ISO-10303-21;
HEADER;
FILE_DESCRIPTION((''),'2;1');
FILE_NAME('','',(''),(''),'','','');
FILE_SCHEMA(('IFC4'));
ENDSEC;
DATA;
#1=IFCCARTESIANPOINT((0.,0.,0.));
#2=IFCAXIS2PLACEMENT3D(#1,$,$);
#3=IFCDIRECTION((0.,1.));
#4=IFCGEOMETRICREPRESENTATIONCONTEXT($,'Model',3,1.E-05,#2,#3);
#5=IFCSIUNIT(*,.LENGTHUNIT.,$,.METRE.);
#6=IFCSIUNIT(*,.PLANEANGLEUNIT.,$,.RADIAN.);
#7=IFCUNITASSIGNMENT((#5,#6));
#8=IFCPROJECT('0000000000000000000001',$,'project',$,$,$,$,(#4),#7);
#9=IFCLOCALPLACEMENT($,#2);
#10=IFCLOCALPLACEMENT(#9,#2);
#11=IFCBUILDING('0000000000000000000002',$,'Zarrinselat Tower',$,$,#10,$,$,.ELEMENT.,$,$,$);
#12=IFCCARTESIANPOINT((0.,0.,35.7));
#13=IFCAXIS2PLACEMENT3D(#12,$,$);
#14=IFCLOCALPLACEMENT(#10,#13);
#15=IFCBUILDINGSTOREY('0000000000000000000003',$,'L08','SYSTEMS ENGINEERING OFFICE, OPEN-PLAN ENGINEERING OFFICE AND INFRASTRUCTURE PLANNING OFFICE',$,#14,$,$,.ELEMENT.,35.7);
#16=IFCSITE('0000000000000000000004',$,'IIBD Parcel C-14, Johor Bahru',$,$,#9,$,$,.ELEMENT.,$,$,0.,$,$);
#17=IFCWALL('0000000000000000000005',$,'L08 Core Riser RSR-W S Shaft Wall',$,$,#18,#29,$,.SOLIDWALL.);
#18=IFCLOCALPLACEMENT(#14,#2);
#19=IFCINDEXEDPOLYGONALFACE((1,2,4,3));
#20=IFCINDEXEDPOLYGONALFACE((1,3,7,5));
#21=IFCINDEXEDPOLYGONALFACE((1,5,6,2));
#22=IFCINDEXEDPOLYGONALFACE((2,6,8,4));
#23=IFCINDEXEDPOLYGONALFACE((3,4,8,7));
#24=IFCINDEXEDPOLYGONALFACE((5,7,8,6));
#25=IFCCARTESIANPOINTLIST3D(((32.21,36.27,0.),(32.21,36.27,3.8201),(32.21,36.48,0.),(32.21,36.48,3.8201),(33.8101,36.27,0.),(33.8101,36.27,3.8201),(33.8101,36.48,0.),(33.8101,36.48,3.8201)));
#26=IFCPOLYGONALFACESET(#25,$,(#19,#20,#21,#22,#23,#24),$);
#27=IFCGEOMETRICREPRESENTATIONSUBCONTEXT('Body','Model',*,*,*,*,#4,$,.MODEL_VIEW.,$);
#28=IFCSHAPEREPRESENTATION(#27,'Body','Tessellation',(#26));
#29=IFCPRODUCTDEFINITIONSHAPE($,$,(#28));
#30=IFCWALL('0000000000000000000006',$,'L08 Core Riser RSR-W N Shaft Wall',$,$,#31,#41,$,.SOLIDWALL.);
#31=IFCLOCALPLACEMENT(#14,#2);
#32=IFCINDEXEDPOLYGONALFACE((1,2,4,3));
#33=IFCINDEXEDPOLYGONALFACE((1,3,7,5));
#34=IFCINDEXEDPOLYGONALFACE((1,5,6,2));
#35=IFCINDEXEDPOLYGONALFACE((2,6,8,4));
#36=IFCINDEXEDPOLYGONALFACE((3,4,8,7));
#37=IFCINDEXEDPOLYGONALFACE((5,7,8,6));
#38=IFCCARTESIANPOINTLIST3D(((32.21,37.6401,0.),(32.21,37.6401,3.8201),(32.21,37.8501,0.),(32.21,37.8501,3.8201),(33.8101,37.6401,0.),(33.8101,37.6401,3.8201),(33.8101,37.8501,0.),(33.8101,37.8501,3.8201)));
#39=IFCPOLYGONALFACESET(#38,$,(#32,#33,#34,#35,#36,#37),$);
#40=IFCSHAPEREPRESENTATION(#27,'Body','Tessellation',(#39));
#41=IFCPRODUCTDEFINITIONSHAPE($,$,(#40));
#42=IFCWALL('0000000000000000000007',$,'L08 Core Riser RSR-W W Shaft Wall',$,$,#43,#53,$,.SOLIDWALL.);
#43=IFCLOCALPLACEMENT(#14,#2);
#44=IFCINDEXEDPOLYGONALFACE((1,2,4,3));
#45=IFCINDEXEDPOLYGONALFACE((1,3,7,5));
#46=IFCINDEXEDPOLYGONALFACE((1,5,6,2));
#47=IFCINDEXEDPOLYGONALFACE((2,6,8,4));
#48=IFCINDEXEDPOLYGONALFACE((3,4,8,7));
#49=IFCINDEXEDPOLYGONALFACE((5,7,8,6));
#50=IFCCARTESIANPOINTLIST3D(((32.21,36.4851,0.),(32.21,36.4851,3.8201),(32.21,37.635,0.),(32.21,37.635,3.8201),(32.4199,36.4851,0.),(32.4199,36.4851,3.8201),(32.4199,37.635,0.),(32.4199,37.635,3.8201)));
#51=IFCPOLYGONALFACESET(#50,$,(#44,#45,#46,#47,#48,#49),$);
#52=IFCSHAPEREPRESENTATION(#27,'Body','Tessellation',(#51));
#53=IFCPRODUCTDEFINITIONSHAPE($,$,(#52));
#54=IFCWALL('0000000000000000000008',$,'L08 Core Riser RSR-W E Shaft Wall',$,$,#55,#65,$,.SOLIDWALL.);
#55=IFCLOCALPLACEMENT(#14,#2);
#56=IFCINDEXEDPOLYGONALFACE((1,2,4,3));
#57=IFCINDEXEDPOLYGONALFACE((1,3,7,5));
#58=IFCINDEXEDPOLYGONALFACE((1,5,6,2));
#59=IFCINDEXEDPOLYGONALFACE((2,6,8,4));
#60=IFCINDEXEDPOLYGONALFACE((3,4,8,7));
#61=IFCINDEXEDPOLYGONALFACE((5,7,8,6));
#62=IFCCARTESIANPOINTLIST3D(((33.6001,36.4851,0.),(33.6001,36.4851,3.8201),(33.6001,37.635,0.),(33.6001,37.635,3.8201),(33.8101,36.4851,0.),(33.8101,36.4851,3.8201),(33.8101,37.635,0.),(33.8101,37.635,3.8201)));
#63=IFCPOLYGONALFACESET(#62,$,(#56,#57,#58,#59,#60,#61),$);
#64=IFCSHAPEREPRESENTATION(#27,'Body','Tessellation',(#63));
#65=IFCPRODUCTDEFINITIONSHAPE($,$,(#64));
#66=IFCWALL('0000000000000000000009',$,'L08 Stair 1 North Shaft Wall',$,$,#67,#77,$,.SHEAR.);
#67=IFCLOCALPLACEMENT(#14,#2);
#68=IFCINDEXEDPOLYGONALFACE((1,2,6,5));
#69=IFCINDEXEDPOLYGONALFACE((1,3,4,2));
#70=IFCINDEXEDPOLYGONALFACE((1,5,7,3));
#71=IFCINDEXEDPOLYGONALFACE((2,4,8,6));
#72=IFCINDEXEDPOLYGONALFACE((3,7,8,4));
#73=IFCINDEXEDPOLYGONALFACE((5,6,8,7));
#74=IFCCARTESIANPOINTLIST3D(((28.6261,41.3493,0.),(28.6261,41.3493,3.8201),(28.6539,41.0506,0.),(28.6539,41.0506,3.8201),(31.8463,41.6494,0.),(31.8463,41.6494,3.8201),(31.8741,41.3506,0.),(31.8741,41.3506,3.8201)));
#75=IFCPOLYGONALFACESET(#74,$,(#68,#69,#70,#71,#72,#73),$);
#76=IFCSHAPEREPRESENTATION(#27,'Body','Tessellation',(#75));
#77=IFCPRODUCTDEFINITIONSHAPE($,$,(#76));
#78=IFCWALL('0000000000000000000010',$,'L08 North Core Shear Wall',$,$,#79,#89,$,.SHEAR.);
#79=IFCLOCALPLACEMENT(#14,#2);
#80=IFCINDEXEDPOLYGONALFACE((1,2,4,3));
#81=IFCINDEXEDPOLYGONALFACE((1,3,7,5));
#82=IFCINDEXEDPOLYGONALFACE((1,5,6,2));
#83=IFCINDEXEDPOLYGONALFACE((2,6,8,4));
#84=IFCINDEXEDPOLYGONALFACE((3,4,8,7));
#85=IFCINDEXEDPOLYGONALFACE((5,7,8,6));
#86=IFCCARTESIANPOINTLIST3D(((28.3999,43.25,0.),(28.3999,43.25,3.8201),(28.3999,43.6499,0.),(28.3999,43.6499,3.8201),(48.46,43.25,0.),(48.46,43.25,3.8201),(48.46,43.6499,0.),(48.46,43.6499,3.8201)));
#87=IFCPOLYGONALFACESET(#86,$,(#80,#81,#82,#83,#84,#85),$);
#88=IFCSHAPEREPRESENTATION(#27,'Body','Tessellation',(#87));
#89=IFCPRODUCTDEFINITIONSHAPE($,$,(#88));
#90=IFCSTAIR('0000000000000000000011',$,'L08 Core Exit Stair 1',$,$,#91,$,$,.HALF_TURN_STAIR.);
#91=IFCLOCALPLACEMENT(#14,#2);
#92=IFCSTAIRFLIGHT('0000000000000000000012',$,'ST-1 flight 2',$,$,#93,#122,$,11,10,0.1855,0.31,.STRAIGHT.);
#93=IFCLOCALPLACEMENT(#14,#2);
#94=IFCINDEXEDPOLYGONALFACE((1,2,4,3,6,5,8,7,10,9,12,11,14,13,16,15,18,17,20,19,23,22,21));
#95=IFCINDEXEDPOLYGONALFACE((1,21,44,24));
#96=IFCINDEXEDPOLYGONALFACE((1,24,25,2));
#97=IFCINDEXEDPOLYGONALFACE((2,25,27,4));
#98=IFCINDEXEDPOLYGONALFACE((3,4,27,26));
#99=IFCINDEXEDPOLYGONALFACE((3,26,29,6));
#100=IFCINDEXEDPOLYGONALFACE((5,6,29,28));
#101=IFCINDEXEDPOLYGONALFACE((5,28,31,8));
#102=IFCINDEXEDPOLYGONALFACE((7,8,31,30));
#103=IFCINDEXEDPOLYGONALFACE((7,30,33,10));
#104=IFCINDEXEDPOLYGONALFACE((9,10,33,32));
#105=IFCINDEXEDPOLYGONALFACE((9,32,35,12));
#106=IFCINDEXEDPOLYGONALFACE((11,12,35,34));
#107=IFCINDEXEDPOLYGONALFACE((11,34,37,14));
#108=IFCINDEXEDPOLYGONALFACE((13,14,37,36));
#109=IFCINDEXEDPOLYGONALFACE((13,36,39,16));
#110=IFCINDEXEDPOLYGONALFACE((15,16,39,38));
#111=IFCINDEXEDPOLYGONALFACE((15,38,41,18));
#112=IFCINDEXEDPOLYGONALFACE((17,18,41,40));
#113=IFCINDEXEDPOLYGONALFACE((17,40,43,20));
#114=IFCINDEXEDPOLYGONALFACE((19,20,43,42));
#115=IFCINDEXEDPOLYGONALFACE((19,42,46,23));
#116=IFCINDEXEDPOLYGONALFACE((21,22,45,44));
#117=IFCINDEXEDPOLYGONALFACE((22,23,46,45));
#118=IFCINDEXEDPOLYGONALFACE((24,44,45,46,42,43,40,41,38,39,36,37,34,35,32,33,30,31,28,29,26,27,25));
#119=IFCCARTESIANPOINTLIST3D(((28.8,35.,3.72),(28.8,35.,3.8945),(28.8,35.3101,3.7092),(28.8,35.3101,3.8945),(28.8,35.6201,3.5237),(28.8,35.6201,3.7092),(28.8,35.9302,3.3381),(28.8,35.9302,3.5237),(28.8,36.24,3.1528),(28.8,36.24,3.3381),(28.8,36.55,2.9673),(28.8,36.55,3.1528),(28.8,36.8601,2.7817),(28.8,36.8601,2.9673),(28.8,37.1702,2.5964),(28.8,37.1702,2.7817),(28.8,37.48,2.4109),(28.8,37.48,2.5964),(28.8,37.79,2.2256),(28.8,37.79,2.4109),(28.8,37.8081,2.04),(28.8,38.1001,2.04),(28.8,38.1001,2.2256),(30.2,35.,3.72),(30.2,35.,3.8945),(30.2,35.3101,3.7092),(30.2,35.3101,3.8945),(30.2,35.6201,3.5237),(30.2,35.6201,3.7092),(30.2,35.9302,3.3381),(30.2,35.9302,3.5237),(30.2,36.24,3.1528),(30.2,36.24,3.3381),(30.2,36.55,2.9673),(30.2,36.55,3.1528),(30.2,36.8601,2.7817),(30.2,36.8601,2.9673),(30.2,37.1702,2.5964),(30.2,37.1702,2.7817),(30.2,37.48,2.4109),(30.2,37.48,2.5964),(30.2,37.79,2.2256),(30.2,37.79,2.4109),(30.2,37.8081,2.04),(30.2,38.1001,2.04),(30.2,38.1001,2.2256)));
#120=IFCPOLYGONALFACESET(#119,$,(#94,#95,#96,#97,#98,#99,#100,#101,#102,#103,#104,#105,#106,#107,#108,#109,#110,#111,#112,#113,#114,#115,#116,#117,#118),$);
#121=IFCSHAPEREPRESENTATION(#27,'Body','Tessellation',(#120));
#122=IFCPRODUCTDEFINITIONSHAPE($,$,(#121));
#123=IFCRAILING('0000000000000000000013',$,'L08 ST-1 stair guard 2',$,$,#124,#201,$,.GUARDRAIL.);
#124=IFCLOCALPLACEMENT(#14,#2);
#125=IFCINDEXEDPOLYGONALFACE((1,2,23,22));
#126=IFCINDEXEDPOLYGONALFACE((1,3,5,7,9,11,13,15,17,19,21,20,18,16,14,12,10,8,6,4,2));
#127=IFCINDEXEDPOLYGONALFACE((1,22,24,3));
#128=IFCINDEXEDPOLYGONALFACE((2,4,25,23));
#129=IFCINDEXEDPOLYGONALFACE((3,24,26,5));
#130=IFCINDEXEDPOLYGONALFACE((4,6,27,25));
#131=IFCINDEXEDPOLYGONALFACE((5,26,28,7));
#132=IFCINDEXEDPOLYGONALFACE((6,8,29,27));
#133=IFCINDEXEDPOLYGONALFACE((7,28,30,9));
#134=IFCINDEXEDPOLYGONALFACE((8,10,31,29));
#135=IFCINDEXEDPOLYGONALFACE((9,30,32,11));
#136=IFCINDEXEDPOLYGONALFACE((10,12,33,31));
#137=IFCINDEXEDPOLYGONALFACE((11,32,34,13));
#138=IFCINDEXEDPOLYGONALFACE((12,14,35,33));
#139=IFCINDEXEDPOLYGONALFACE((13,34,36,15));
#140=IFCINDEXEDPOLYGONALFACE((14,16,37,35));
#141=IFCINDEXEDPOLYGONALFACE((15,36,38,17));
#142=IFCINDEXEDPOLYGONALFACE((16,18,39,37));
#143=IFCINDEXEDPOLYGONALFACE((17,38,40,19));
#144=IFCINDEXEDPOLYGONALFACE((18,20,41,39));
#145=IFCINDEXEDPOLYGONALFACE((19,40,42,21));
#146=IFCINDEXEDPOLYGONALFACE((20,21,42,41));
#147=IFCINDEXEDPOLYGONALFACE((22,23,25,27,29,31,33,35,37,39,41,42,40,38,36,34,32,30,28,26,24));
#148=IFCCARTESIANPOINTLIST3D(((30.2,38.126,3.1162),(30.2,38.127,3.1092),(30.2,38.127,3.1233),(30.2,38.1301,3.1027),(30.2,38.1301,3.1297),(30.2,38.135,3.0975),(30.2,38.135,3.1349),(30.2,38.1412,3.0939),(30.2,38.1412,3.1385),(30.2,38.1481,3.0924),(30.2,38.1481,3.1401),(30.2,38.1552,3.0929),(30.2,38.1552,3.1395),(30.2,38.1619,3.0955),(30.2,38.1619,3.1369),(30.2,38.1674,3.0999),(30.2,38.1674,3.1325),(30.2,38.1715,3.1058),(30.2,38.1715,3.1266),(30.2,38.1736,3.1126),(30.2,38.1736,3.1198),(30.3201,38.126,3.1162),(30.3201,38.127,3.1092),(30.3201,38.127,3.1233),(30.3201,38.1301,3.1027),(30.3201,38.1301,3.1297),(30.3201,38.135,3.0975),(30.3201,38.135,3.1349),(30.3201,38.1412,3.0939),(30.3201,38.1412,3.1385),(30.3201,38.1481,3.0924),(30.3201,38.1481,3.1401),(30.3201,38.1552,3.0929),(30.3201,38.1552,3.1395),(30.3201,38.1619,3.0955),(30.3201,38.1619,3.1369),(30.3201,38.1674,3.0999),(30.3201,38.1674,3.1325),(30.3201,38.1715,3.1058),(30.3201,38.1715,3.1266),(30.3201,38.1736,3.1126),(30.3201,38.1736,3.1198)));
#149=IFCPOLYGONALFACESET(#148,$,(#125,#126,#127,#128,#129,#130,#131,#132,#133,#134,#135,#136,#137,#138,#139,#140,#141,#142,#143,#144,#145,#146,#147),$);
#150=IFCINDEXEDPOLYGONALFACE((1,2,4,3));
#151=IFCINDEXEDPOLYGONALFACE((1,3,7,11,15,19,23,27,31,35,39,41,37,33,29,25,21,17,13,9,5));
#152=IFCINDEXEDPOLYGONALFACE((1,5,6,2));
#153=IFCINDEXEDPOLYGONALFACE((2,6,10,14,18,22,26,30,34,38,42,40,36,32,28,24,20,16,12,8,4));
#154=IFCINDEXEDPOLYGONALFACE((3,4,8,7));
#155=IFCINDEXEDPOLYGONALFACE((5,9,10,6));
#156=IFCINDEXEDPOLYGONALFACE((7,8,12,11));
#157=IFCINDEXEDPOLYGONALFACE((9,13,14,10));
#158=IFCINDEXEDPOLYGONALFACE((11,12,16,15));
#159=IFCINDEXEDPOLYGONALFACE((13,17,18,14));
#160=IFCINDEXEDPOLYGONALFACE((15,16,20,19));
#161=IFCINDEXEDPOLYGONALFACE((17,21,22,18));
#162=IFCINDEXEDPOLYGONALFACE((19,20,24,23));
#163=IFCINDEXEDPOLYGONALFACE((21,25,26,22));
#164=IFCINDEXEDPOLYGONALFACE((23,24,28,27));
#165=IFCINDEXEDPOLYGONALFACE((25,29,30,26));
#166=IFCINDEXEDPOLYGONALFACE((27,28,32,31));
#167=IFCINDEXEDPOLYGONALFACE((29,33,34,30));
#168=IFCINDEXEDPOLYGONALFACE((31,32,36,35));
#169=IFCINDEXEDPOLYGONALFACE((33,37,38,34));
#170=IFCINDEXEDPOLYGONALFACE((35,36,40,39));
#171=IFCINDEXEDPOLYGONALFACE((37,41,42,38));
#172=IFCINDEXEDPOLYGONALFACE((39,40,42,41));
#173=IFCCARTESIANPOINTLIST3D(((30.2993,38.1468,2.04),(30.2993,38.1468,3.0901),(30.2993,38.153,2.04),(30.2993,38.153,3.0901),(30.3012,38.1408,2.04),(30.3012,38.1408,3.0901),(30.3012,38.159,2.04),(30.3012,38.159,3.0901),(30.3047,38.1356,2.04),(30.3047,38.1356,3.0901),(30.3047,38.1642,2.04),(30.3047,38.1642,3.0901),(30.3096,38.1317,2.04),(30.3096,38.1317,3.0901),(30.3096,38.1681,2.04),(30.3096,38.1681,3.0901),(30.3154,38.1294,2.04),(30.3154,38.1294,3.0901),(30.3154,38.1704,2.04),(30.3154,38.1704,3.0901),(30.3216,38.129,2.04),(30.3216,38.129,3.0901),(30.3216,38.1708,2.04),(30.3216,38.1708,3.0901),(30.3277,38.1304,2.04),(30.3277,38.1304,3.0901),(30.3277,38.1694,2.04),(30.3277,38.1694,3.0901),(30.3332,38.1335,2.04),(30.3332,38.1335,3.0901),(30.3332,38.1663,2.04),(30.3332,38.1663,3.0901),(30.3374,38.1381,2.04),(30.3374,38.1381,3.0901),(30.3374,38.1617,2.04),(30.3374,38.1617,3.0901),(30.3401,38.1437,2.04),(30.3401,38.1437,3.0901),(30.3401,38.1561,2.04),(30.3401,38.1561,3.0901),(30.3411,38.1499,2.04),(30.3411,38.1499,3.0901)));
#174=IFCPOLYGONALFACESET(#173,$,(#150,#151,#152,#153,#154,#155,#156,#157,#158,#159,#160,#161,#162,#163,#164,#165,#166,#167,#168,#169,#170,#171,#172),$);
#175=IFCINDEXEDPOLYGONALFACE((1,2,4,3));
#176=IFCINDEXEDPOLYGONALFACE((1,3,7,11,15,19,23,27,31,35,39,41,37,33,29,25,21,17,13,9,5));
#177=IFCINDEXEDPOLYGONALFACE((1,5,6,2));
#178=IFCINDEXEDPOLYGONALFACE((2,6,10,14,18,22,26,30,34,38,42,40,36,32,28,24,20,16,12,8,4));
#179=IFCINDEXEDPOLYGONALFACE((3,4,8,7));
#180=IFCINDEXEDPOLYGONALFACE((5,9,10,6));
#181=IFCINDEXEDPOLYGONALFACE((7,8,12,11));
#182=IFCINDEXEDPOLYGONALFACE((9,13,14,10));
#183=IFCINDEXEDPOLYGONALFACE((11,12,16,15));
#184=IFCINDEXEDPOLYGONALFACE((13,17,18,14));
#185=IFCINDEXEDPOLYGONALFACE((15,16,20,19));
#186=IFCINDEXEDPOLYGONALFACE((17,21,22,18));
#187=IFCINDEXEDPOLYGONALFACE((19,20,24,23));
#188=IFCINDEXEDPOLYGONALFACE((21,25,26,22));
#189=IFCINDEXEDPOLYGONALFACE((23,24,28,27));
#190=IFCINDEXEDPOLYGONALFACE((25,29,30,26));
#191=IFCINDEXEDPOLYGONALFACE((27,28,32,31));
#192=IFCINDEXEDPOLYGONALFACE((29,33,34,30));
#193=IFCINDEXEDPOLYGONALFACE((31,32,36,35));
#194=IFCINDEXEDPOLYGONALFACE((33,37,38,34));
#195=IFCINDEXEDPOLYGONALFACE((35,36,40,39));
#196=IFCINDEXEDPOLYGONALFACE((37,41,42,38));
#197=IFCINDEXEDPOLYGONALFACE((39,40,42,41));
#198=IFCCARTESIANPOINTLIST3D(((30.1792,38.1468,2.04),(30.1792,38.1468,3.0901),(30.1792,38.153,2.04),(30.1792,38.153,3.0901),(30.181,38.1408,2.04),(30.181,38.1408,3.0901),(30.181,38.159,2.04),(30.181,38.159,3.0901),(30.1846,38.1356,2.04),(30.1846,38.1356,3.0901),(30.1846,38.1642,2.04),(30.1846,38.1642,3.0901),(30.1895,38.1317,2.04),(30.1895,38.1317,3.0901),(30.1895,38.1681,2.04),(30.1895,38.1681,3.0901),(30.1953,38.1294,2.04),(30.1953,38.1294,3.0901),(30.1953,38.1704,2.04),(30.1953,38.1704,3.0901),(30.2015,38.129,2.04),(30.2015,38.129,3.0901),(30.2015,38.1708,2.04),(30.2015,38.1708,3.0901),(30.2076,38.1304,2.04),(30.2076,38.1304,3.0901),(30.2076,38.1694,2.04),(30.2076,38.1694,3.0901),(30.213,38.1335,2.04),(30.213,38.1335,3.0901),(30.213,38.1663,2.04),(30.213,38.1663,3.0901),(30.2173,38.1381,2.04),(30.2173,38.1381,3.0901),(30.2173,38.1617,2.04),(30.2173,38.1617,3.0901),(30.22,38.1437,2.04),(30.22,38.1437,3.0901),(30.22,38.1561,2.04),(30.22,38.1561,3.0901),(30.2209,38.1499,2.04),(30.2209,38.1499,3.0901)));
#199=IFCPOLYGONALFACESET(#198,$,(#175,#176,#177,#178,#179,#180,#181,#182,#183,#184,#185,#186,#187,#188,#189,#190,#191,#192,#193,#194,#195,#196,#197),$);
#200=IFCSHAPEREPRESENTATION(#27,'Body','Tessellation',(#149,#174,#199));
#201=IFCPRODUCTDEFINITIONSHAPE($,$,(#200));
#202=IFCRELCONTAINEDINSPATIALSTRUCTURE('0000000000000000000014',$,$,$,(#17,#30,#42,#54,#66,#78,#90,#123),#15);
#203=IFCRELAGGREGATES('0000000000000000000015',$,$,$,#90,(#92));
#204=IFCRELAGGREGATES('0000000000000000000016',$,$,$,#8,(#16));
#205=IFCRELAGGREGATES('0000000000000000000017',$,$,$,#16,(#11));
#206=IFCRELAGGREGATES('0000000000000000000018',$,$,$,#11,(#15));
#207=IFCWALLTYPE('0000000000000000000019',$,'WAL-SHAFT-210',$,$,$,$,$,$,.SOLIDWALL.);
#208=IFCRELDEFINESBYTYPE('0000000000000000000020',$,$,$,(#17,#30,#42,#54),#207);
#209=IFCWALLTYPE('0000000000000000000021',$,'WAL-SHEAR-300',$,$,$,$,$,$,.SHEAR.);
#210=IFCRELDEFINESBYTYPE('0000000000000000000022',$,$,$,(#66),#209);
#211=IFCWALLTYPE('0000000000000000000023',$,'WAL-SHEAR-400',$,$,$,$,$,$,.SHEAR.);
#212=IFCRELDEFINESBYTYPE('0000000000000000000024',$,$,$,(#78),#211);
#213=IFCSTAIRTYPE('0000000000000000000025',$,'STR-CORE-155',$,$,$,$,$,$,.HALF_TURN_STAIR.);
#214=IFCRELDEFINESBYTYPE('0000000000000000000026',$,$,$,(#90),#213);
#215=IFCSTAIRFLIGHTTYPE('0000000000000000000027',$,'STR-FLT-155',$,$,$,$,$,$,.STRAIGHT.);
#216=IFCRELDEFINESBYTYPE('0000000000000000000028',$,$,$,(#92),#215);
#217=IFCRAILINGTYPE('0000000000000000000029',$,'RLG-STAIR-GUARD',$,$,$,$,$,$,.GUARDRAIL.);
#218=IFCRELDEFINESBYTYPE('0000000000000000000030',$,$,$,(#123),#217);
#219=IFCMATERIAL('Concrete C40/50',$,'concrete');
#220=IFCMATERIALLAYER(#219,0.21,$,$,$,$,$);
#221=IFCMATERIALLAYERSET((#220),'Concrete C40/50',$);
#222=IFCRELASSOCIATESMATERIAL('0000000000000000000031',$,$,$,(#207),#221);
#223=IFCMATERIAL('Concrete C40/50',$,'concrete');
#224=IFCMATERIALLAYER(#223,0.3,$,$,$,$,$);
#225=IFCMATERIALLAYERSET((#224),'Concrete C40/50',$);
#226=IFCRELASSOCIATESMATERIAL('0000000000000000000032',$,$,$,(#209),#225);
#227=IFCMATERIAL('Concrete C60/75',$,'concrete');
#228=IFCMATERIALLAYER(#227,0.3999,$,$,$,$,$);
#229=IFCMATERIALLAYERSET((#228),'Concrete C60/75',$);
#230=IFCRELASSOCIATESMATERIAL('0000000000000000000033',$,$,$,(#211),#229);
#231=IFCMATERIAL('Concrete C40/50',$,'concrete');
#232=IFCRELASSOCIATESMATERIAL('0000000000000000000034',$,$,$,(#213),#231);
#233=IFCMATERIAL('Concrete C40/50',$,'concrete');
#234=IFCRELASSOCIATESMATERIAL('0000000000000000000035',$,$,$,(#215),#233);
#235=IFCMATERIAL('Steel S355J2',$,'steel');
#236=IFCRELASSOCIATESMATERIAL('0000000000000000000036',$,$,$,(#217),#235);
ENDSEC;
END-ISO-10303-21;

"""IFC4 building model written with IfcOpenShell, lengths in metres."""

from ifc_helpers import new_model, si_unit, direction, frame, frame_2d, origin, origin_2d, place, context, subcontext, project, spatial, polyline, rectangle, circle, outline, extrude, material, layer, layer_set, type_object, element, aggregate, save


model = new_model("IFC4")

# Units and contexts
model_context = context("Model", 3, precision=1e-05, world=origin(), true_north=direction((0.0, 1.0)))
body_context = subcontext(model_context, "Body", "Model", "MODEL_VIEW")
ifc_project = project(units=[si_unit("LENGTHUNIT", "METRE"), si_unit("PLANEANGLEUNIT", "RADIAN")], contexts=[model_context])

# Site, building, storey
site_placement = place(None, origin())
site = spatial("IfcSite", under=ifc_project, at=site_placement, Name="IIBD Parcel C-14, Johor Bahru", CompositionType="ELEMENT", RefElevation=0.0)
building_placement = place(site_placement, origin())
building = spatial("IfcBuilding", under=site, at=building_placement, Name="Zarrinselat Tower", CompositionType="ELEMENT")
storey_placement = place(building_placement, frame((0.0, 0.0, 35.7)))
storey = spatial("IfcBuildingStorey", under=building, at=storey_placement, Name="L08", Description="SYSTEMS ENGINEERING OFFICE, OPEN-PLAN ENGINEERING OFFICE AND INFRASTRUCTURE PLANNING OFFICE", CompositionType="ELEMENT", Elevation=35.7)

# Shared definitions
ifc_material_1 = material(Name="Concrete C40/50", Category="concrete")
ifc_layer_1 = layer(ifc_material_1, 0.21)
ifc_layer_set_1 = layer_set([ifc_layer_1], Name="Concrete C40/50")
wall_type_1 = type_object("IfcWallType", Name="WAL-SHAFT-210", PredefinedType="SOLIDWALL", material=ifc_layer_set_1)

# Walls
for number, where, z_axis, x_axis, name in (
    (1, (32.21, 36.375, 0.0), (0.0, 0.0, 1.0), (1.0, 0.0, 0.0), "L08 Core Riser RSR-W S Shaft Wall"),
    (2, (32.21, 37.7451, 0.0), (0.0, 0.0, 1.0), (1.0, 0.0, 0.0), "L08 Core Riser RSR-W N Shaft Wall"),
):
    element("IfcWall", number, at=place(storey_placement, frame(where, z_axis=z_axis, x_axis=x_axis)), inside=storey, type_object=wall_type_1, Name=name, PredefinedType="SOLIDWALL", context=body_context, shape_type="SweptSolid", body=[
        extrude(rectangle(XDim=1.6001, YDim=0.21, at=frame_2d((0.8, 0.0))), origin(), (0.0, 0.0, 1.0), 3.8201),
    ])
for number, where, z_axis, x_axis, name in (
    (3, (32.3149, 36.4851, 0.0), (0.0, 0.0, 1.0), (0.0, 1.0, 0.0), "L08 Core Riser RSR-W W Shaft Wall"),
    (4, (33.7051, 36.4851, 0.0), (0.0, 0.0, 1.0), (0.0, 1.0, 0.0), "L08 Core Riser RSR-W E Shaft Wall"),
):
    element("IfcWall", number, at=place(storey_placement, frame(where, z_axis=z_axis, x_axis=x_axis)), inside=storey, type_object=wall_type_1, Name=name, PredefinedType="SOLIDWALL", context=body_context, shape_type="SweptSolid", body=[
        extrude(rectangle(XDim=1.1499, YDim=0.21, at=frame_2d((0.575, 0.0))), origin(), (0.0, 0.0, 1.0), 3.8201),
    ])
ifc_material_2 = material(Name="Concrete C40/50", Category="concrete")
ifc_layer_2 = layer(ifc_material_2, 0.3)
ifc_layer_set_2 = layer_set([ifc_layer_2], Name="Concrete C40/50")
wall_type_2 = type_object("IfcWallType", Name="WAL-SHEAR-300", PredefinedType="SHEAR", material=ifc_layer_set_2)
wall_1_placement = place(storey_placement, frame((28.6399, 41.2, 0.0), z_axis=(0.0, 0.0, 1.0), x_axis=(0.995687, 0.092775, 0.0)))
element("IfcWall", 5, at=wall_1_placement, inside=storey, type_object=wall_type_2, Name="L08 Stair 1 North Shaft Wall", PredefinedType="SHEAR", context=body_context, shape_type="SweptSolid", body=[
    extrude(rectangle(XDim=3.2341, YDim=0.3, at=frame_2d((1.6172, 0.0))), origin(), (0.0, 0.0, 1.0), 3.8201),
])
ifc_material_3 = material(Name="Concrete C60/75", Category="concrete")
ifc_layer_3 = layer(ifc_material_3, 0.3999)
ifc_layer_set_3 = layer_set([ifc_layer_3], Name="Concrete C60/75")
wall_type_3 = type_object("IfcWallType", Name="WAL-SHEAR-400", PredefinedType="SHEAR", material=ifc_layer_set_3)
wall_2_placement = place(storey_placement, frame((28.3999, 43.45, 0.0), z_axis=(0.0, 0.0, 1.0), x_axis=(1.0, 0.0, 0.0)))
element("IfcWall", 6, at=wall_2_placement, inside=storey, type_object=wall_type_3, Name="L08 North Core Shear Wall", PredefinedType="SHEAR", context=body_context, shape_type="SweptSolid", body=[
    extrude(rectangle(XDim=20.0601, YDim=0.3999, at=frame_2d((10.03, 0.0))), origin(), (0.0, 0.0, 1.0), 3.8201),
])

# Stair, stair flight
ifc_material_4 = material(Name="Concrete C40/50", Category="concrete")
stair_type = type_object("IfcStairType", Name="STR-CORE-155", PredefinedType="HALF_TURN_STAIR", material=ifc_material_4)
stair_placement = place(storey_placement, origin())
stair = element("IfcStair", 7, at=stair_placement, inside=storey, type_object=stair_type, Name="L08 Core Exit Stair 1", PredefinedType="HALF_TURN_STAIR")
ifc_material_5 = material(Name="Concrete C40/50", Category="concrete")
stair_flight_type = type_object("IfcStairFlightType", Name="STR-FLT-155", PredefinedType="STRAIGHT", material=ifc_material_5)
stair_flight_placement = place(storey_placement, frame((29.5, 38.1001, 2.04), z_axis=(0.0, 0.0, 1.0), x_axis=(0.0, -1.0, 0.0)))
stair_flight = element("IfcStairFlight", 8, at=stair_flight_placement, type_object=stair_flight_type, Name="ST-1 flight 2", NumberOfRisers=11, NumberOfTreads=10, PredefinedType="STRAIGHT", RiserHeight=0.1855, TreadLength=0.31, context=body_context, shape_type="SweptSolid", body=[
    extrude(outline(polyline([(0.0, 0.0), (0.0, 0.1855), (0.3101, 0.1855), (0.3101, 0.3708), (0.6201, 0.3708), (0.6201, 0.5564), (0.9299, 0.5564), (0.9299, 0.7417), (1.24, 0.7417), (1.24, 0.9272), (1.55, 0.9272), (1.55, 1.1128), (1.8601, 1.1128), (1.8601, 1.2981), (2.1699, 1.2981), (2.1699, 1.4836), (2.48, 1.4836), (2.48, 1.6692), (2.79, 1.6692), (2.79, 1.8545), (3.1001, 1.8545), (3.1001, 2.04), (3.1001, 1.6799), (0.292, 0.0), (0.0, 0.0)])), frame((0.0, 0.7, 0.0), z_axis=(0.0, -1.0, 0.0), x_axis=(1.0, 0.0, 0.0)), (0.0, 0.0, 1.0), 1.3999),
])
aggregate(stair, [stair_flight])

# Railing
ifc_material_6 = material(Name="Steel S355J2", Category="steel")
railing_type_1 = type_object("IfcRailingType", Name="RLG-STAIR-GUARD", PredefinedType="GUARDRAIL", material=ifc_material_6)
railing_1_placement = place(storey_placement, frame((30.3201, 38.1499, 2.04)))
element("IfcRailing", 9, at=railing_1_placement, inside=storey, type_object=railing_type_1, Name="L08 ST-1 stair guard 2", PredefinedType="GUARDRAIL", context=body_context, shape_type="SweptSolid", body=[
    extrude(circle(Radius=0.0239, at=origin_2d()), frame((0.0, 0.0, 1.0762), z_axis=(-1.0, 0.0, 0.0), x_axis=(0.0, -1.0, 0.0)), (0.0, 0.0, 1.0), 0.1201),
    extrude(circle(Radius=0.021, at=origin_2d()), origin(), (0.0, 0.0, 1.0), 1.05),
    extrude(circle(Radius=0.021, at=origin_2d()), frame((-0.1201, 0.0, 0.0)), (0.0, 0.0, 1.0), 1.05),
])

save(model, "model.ifc")
